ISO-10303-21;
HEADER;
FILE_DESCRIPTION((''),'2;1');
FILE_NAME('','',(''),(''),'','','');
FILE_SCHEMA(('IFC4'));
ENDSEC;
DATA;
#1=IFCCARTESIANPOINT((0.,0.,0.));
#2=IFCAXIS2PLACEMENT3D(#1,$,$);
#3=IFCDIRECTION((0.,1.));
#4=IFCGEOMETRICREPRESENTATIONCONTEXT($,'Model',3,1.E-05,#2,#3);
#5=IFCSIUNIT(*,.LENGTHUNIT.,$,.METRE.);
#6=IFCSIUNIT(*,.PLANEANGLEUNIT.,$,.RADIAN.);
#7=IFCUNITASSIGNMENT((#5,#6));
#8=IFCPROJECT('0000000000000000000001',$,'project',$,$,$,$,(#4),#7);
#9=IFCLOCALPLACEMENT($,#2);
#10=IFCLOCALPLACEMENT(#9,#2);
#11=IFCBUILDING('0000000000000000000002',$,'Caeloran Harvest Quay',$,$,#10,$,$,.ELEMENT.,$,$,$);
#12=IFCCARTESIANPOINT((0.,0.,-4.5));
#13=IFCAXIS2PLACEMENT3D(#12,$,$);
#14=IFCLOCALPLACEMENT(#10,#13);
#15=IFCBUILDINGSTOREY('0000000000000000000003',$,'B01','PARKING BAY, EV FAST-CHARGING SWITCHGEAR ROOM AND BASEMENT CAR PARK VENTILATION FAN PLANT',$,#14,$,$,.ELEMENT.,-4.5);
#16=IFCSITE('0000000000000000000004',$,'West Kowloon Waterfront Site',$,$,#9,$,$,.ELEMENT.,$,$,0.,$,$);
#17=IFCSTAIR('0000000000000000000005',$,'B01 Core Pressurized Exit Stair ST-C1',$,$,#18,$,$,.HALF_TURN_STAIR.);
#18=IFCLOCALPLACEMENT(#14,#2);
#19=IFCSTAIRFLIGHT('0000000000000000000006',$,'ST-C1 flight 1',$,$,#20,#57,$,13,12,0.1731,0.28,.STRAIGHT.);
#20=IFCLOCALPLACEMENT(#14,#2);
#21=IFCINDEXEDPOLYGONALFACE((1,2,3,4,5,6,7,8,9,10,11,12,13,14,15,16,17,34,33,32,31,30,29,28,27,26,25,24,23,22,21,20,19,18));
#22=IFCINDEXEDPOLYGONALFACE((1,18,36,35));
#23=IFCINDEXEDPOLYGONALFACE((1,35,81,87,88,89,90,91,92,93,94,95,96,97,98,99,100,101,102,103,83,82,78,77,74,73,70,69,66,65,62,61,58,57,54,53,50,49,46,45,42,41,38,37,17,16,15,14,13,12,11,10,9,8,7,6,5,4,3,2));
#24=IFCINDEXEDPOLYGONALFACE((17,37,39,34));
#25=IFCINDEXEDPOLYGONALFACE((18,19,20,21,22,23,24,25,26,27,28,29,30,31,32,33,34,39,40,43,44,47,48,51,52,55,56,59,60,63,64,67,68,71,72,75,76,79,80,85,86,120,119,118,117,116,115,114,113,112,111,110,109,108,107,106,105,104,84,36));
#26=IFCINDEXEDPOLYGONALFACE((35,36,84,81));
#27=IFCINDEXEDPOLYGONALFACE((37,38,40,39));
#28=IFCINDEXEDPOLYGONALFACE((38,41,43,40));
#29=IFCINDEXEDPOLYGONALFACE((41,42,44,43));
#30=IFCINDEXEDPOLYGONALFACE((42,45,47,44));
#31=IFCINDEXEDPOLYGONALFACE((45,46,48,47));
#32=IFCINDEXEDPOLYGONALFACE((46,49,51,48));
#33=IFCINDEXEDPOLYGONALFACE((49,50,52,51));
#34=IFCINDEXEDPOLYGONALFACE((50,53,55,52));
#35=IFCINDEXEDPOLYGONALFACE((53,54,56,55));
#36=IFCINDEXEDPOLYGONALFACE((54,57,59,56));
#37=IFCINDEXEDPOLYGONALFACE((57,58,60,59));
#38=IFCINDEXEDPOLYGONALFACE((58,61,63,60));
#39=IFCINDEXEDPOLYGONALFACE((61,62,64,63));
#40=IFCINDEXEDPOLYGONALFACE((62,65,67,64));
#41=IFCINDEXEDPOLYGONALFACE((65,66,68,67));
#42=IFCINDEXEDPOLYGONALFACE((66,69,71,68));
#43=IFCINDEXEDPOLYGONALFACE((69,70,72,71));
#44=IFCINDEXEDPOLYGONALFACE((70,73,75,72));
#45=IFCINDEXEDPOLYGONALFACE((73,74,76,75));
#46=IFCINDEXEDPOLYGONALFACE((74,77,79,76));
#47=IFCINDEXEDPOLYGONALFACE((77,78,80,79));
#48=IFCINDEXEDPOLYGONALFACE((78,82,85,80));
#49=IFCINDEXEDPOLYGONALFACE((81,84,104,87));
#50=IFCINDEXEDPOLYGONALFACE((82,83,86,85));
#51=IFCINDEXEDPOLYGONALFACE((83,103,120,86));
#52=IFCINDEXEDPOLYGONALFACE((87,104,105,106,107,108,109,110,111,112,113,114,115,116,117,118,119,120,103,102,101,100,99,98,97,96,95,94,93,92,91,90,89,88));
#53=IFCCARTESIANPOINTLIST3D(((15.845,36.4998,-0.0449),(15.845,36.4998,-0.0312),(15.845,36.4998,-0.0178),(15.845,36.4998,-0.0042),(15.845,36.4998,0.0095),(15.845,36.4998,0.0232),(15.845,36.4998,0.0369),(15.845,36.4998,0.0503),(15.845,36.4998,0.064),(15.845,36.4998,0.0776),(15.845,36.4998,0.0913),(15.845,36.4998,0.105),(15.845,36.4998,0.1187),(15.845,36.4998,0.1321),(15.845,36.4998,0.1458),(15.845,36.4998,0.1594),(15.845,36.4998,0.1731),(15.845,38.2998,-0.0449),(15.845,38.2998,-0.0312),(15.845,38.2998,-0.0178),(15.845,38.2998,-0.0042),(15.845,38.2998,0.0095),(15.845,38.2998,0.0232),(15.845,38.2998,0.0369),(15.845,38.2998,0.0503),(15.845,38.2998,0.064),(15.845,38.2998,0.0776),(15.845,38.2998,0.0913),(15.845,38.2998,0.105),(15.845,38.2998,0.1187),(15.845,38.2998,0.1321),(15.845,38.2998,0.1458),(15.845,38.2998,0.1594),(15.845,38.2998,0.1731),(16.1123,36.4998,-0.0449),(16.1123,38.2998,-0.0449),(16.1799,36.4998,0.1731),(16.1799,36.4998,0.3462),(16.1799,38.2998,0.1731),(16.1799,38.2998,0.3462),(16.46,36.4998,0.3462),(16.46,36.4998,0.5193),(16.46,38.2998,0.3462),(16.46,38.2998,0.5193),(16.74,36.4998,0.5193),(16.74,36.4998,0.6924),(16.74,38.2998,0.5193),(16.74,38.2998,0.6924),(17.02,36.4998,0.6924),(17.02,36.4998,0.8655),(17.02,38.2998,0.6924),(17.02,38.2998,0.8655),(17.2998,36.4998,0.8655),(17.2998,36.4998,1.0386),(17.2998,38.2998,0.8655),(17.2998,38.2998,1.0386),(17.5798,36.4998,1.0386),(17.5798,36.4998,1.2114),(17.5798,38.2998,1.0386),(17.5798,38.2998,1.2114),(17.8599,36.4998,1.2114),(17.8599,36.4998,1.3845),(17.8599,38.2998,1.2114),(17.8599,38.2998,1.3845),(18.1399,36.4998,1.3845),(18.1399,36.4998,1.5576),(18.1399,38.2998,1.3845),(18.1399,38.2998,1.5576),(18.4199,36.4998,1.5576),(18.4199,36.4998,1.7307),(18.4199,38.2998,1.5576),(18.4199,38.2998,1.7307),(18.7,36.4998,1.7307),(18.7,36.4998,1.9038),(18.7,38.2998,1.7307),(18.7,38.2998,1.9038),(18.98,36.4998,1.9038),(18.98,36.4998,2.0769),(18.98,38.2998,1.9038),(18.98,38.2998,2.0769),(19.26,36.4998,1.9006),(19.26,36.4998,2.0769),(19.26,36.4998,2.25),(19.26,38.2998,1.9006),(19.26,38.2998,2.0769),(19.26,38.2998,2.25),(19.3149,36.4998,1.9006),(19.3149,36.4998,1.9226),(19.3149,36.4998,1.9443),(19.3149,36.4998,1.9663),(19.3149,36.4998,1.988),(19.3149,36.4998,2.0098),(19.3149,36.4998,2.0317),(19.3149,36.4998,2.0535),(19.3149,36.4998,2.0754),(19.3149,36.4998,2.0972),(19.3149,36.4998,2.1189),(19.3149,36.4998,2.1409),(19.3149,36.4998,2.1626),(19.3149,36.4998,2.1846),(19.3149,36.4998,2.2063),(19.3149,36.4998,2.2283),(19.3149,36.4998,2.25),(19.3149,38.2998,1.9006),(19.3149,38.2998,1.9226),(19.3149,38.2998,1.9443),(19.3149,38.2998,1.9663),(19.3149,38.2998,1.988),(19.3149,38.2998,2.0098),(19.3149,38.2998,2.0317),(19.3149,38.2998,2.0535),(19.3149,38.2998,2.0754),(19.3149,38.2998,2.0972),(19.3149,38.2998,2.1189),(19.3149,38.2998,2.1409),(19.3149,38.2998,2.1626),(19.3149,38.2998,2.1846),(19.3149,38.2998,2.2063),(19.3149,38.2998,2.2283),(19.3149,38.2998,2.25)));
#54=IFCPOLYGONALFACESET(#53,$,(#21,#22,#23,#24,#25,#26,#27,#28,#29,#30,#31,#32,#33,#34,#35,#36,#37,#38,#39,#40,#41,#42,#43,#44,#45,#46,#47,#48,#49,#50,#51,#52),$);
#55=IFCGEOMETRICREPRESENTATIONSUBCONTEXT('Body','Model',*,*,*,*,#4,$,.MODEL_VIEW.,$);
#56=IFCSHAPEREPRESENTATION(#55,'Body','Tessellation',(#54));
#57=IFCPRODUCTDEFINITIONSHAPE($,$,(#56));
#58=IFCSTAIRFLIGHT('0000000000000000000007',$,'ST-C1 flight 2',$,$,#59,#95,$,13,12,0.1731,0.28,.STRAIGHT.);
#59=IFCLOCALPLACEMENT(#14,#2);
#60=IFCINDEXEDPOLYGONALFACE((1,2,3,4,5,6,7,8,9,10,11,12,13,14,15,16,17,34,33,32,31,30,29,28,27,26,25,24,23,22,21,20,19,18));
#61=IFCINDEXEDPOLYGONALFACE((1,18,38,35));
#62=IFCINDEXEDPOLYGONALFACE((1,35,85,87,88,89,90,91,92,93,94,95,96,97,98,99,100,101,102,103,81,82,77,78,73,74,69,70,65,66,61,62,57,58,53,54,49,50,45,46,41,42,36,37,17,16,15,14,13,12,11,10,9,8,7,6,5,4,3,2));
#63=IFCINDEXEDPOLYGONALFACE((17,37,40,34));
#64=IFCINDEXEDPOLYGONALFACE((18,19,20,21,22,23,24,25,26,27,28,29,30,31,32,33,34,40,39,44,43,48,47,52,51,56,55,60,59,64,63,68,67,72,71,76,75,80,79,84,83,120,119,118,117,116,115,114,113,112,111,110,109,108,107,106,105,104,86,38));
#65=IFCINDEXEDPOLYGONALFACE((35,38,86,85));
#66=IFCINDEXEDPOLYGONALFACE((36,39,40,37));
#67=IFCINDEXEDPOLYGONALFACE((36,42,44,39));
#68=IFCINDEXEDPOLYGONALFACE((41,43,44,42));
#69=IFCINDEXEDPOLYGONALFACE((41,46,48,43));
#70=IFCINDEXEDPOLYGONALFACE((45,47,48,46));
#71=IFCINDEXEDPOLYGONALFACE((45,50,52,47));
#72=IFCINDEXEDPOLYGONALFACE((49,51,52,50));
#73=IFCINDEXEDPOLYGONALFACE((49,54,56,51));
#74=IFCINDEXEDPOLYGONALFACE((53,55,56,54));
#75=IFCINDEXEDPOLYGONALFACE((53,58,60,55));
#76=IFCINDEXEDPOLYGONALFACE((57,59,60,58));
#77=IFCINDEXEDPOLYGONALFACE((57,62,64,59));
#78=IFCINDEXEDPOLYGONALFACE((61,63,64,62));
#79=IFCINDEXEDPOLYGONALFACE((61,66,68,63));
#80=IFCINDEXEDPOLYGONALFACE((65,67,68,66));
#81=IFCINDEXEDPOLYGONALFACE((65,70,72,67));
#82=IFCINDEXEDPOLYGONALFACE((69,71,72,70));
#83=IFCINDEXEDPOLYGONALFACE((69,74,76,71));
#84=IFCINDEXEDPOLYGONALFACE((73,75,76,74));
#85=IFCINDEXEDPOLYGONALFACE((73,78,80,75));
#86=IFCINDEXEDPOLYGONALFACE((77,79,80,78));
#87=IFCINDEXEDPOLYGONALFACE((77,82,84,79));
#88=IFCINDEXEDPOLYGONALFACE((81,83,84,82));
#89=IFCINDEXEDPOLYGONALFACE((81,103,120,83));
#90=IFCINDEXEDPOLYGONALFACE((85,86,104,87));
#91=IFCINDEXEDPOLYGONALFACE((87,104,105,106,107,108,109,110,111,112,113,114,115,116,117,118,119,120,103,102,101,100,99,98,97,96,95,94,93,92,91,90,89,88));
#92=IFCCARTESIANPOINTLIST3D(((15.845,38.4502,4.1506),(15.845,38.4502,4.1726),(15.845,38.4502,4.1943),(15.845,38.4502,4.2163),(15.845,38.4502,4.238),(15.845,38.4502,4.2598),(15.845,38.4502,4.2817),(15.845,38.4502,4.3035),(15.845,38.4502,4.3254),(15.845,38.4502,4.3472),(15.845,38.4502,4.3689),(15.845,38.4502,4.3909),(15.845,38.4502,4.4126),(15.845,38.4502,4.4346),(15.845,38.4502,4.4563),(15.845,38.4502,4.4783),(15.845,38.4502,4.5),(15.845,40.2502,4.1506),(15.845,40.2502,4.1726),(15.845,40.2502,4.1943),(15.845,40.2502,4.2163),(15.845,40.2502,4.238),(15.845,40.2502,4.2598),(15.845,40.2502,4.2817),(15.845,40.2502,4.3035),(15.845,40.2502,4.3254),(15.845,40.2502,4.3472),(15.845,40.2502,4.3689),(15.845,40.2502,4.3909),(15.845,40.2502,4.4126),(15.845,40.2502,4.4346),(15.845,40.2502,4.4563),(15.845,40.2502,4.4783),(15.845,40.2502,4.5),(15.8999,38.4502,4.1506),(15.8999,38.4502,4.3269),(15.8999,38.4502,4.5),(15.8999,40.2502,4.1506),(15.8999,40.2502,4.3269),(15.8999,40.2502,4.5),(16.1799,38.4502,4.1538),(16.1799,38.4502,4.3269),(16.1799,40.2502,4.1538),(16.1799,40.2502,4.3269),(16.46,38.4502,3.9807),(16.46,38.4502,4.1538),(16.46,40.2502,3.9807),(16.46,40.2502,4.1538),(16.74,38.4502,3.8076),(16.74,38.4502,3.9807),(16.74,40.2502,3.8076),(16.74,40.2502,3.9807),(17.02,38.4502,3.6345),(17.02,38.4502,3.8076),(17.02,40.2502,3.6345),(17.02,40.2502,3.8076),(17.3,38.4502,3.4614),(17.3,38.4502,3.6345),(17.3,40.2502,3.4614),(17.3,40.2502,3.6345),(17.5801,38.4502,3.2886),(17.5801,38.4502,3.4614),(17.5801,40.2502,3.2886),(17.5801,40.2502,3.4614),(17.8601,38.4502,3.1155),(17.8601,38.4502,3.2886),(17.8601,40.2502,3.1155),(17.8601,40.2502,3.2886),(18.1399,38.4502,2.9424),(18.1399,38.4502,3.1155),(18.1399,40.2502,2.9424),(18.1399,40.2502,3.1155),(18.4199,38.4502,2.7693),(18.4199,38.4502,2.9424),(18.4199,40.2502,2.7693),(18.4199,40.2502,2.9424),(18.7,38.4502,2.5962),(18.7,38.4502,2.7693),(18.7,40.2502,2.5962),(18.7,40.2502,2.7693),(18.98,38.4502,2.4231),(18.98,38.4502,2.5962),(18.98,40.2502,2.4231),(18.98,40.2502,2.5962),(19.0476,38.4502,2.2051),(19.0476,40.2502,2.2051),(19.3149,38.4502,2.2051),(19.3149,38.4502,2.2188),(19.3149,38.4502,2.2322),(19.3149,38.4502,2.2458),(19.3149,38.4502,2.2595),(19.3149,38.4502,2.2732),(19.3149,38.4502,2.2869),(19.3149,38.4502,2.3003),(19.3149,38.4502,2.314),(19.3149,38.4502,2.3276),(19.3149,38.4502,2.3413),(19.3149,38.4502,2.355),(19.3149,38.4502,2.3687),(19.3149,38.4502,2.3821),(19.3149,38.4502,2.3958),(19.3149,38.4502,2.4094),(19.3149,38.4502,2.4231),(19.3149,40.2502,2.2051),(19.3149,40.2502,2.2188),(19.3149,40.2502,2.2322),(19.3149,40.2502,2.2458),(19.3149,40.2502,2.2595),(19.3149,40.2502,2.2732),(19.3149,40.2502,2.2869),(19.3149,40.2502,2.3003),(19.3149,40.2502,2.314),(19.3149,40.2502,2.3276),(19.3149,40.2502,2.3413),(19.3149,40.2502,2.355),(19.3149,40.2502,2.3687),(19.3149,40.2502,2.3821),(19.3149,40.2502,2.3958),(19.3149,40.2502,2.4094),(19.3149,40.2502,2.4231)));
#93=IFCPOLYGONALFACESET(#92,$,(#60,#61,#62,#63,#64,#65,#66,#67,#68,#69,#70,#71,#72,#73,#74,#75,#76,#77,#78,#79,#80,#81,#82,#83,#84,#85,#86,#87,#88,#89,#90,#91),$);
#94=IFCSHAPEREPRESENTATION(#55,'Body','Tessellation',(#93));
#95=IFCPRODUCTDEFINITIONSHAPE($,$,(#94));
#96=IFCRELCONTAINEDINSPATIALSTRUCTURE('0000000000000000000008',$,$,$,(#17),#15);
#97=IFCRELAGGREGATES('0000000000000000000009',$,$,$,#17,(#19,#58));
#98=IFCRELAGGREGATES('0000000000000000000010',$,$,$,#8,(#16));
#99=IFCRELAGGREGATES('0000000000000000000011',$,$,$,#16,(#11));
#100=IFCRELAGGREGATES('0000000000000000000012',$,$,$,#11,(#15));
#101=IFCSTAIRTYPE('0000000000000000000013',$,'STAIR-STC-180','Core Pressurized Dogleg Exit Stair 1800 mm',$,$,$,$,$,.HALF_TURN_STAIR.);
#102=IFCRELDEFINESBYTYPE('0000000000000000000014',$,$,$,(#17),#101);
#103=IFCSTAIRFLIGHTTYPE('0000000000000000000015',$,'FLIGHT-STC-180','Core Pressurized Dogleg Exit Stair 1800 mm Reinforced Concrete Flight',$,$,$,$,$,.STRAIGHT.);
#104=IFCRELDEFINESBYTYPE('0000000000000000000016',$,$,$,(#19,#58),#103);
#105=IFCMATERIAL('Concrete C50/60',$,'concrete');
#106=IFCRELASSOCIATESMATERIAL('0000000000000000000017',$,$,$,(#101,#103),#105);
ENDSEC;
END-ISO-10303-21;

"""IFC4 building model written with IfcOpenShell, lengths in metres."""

from ifc_helpers import new_model, si_unit, direction, frame, origin, place, context, subcontext, project, spatial, polyline, outline, extrude, material, type_object, element, aggregate, save


model = new_model("IFC4")

# Units and contexts
model_context = context("Model", 3, precision=1e-05, world=origin(), true_north=direction((0.0, 1.0)))
body_context = subcontext(model_context, "Body", "Model", "MODEL_VIEW")
ifc_project = project(units=[si_unit("LENGTHUNIT", "METRE"), si_unit("PLANEANGLEUNIT", "RADIAN")], contexts=[model_context])

# Site, building, storey
site_placement = place(None, origin())
site = spatial("IfcSite", under=ifc_project, at=site_placement, Name="West Kowloon Waterfront Site", CompositionType="ELEMENT", RefElevation=0.0)
building_placement = place(site_placement, origin())
building = spatial("IfcBuilding", under=site, at=building_placement, Name="Caeloran Harvest Quay", CompositionType="ELEMENT")
storey_placement = place(building_placement, frame((0.0, 0.0, -4.5)))
storey = spatial("IfcBuildingStorey", under=building, at=storey_placement, Name="B01", Description="PARKING BAY, EV FAST-CHARGING SWITCHGEAR ROOM AND BASEMENT CAR PARK VENTILATION FAN PLANT", CompositionType="ELEMENT", Elevation=-4.5)

# Shared definitions
ifc_material_1 = material(Name="Concrete C50/60", Category="concrete")

# Stair, stair flights
stair_type = type_object("IfcStairType", Name="STAIR-STC-180", Description="Core Pressurized Dogleg Exit Stair 1800 mm", PredefinedType="HALF_TURN_STAIR", material=ifc_material_1)
stair_1_placement = place(storey_placement, origin())
stair_1 = element("IfcStair", 1, at=stair_1_placement, inside=storey, type_object=stair_type, Name="B01 Core Pressurized Exit Stair ST-C1", PredefinedType="HALF_TURN_STAIR")
stair_flight_type = type_object("IfcStairFlightType", Name="FLIGHT-STC-180", Description="Core Pressurized Dogleg Exit Stair 1800 mm Reinforced Concrete Flight", PredefinedType="STRAIGHT", material=ifc_material_1)
stair_flight_1_placement = place(storey_placement, frame((15.8999, 37.3999, 0.0), z_axis=(0.0, 0.0, 1.0), x_axis=(1.0, 0.0, 0.0)))
stair_flight_1 = element("IfcStairFlight", 2, at=stair_flight_1_placement, type_object=stair_flight_type, Name="ST-C1 flight 1", NumberOfRisers=13, NumberOfTreads=12, PredefinedType="STRAIGHT", RiserHeight=0.1731, TreadLength=0.28, context=body_context, shape_type="SweptSolid", body=[
    extrude(outline(polyline([(-0.0549, -0.0449), (-0.0549, -0.0312), (-0.0549, -0.0178), (-0.0549, -0.0042), (-0.0549, 0.0095), (-0.0549, 0.0232), (-0.0549, 0.0369), (-0.0549, 0.0503), (-0.0549, 0.064), (-0.0549, 0.0776), (-0.0549, 0.0913), (-0.0549, 0.105), (-0.0549, 0.1187), (-0.0549, 0.1321), (-0.0549, 0.1458), (-0.0549, 0.1594), (-0.0549, 0.1731), (0.28, 0.1731), (0.28, 0.3462), (0.5601, 0.3462), (0.5601, 0.5193), (0.8401, 0.5193), (0.8401, 0.6924), (1.1201, 0.6924), (1.1201, 0.8655), (1.3999, 0.8655), (1.3999, 1.0386), (1.6799, 1.0386), (1.6799, 1.2114), (1.96, 1.2114), (1.96, 1.3845), (2.24, 1.3845), (2.24, 1.5576), (2.52, 1.5576), (2.52, 1.7307), (2.8, 1.7307), (2.8, 1.9038), (3.0801, 1.9038), (3.0801, 2.0769), (3.3601, 2.0769), (3.3601, 2.25), (3.415, 2.25), (3.415, 2.2283), (3.415, 2.2063), (3.415, 2.1846), (3.415, 2.1626), (3.415, 2.1409), (3.415, 2.1189), (3.415, 2.0972), (3.415, 2.0754), (3.415, 2.0535), (3.415, 2.0317), (3.415, 2.0098), (3.415, 1.988), (3.415, 1.9663), (3.415, 1.9443), (3.415, 1.9226), (3.415, 1.9006), (3.3601, 1.9006), (0.2124, -0.0449), (-0.0549, -0.0449)])), frame((0.0, 0.8999, 0.0), z_axis=(0.0, -1.0, 0.0), x_axis=(1.0, 0.0, 0.0)), (0.0, 0.0, 1.0), 1.8),
])
stair_flight_2_placement = place(storey_placement, frame((19.26, 39.3501, 2.25), z_axis=(0.0, 0.0, 1.0), x_axis=(-1.0, 0.0, 0.0)))
stair_flight_2 = element("IfcStairFlight", 3, at=stair_flight_2_placement, type_object=stair_flight_type, Name="ST-C1 flight 2", NumberOfRisers=13, NumberOfTreads=12, PredefinedType="STRAIGHT", RiserHeight=0.1731, TreadLength=0.28, context=body_context, shape_type="SweptSolid", body=[
    extrude(outline(polyline([(-0.0549, -0.0449), (-0.0549, -0.0312), (-0.0549, -0.0178), (-0.0549, -0.0042), (-0.0549, 0.0095), (-0.0549, 0.0232), (-0.0549, 0.0369), (-0.0549, 0.0503), (-0.0549, 0.064), (-0.0549, 0.0776), (-0.0549, 0.0913), (-0.0549, 0.105), (-0.0549, 0.1187), (-0.0549, 0.1321), (-0.0549, 0.1458), (-0.0549, 0.1594), (-0.0549, 0.1731), (0.28, 0.1731), (0.28, 0.3462), (0.5601, 0.3462), (0.5601, 0.5193), (0.8401, 0.5193), (0.8401, 0.6924), (1.1201, 0.6924), (1.1201, 0.8655), (1.3999, 0.8655), (1.3999, 1.0386), (1.6799, 1.0386), (1.6799, 1.2114), (1.96, 1.2114), (1.96, 1.3845), (2.24, 1.3845), (2.24, 1.5576), (2.52, 1.5576), (2.52, 1.7307), (2.8, 1.7307), (2.8, 1.9038), (3.0801, 1.9038), (3.0801, 2.0769), (3.3601, 2.0769), (3.3601, 2.25), (3.415, 2.25), (3.415, 2.2283), (3.415, 2.2063), (3.415, 2.1846), (3.415, 2.1626), (3.415, 2.1409), (3.415, 2.1189), (3.415, 2.0972), (3.415, 2.0754), (3.415, 2.0535), (3.415, 2.0317), (3.415, 2.0098), (3.415, 1.988), (3.415, 1.9663), (3.415, 1.9443), (3.415, 1.9226), (3.415, 1.9006), (3.3601, 1.9006), (0.2124, -0.0449), (-0.0549, -0.0449)])), frame((0.0, 0.8999, 0.0), z_axis=(0.0, -1.0, 0.0), x_axis=(1.0, 0.0, 0.0)), (0.0, 0.0, 1.0), 1.8),
])
aggregate(stair_1, [stair_flight_1, stair_flight_2])

save(model, "model.ifc")
